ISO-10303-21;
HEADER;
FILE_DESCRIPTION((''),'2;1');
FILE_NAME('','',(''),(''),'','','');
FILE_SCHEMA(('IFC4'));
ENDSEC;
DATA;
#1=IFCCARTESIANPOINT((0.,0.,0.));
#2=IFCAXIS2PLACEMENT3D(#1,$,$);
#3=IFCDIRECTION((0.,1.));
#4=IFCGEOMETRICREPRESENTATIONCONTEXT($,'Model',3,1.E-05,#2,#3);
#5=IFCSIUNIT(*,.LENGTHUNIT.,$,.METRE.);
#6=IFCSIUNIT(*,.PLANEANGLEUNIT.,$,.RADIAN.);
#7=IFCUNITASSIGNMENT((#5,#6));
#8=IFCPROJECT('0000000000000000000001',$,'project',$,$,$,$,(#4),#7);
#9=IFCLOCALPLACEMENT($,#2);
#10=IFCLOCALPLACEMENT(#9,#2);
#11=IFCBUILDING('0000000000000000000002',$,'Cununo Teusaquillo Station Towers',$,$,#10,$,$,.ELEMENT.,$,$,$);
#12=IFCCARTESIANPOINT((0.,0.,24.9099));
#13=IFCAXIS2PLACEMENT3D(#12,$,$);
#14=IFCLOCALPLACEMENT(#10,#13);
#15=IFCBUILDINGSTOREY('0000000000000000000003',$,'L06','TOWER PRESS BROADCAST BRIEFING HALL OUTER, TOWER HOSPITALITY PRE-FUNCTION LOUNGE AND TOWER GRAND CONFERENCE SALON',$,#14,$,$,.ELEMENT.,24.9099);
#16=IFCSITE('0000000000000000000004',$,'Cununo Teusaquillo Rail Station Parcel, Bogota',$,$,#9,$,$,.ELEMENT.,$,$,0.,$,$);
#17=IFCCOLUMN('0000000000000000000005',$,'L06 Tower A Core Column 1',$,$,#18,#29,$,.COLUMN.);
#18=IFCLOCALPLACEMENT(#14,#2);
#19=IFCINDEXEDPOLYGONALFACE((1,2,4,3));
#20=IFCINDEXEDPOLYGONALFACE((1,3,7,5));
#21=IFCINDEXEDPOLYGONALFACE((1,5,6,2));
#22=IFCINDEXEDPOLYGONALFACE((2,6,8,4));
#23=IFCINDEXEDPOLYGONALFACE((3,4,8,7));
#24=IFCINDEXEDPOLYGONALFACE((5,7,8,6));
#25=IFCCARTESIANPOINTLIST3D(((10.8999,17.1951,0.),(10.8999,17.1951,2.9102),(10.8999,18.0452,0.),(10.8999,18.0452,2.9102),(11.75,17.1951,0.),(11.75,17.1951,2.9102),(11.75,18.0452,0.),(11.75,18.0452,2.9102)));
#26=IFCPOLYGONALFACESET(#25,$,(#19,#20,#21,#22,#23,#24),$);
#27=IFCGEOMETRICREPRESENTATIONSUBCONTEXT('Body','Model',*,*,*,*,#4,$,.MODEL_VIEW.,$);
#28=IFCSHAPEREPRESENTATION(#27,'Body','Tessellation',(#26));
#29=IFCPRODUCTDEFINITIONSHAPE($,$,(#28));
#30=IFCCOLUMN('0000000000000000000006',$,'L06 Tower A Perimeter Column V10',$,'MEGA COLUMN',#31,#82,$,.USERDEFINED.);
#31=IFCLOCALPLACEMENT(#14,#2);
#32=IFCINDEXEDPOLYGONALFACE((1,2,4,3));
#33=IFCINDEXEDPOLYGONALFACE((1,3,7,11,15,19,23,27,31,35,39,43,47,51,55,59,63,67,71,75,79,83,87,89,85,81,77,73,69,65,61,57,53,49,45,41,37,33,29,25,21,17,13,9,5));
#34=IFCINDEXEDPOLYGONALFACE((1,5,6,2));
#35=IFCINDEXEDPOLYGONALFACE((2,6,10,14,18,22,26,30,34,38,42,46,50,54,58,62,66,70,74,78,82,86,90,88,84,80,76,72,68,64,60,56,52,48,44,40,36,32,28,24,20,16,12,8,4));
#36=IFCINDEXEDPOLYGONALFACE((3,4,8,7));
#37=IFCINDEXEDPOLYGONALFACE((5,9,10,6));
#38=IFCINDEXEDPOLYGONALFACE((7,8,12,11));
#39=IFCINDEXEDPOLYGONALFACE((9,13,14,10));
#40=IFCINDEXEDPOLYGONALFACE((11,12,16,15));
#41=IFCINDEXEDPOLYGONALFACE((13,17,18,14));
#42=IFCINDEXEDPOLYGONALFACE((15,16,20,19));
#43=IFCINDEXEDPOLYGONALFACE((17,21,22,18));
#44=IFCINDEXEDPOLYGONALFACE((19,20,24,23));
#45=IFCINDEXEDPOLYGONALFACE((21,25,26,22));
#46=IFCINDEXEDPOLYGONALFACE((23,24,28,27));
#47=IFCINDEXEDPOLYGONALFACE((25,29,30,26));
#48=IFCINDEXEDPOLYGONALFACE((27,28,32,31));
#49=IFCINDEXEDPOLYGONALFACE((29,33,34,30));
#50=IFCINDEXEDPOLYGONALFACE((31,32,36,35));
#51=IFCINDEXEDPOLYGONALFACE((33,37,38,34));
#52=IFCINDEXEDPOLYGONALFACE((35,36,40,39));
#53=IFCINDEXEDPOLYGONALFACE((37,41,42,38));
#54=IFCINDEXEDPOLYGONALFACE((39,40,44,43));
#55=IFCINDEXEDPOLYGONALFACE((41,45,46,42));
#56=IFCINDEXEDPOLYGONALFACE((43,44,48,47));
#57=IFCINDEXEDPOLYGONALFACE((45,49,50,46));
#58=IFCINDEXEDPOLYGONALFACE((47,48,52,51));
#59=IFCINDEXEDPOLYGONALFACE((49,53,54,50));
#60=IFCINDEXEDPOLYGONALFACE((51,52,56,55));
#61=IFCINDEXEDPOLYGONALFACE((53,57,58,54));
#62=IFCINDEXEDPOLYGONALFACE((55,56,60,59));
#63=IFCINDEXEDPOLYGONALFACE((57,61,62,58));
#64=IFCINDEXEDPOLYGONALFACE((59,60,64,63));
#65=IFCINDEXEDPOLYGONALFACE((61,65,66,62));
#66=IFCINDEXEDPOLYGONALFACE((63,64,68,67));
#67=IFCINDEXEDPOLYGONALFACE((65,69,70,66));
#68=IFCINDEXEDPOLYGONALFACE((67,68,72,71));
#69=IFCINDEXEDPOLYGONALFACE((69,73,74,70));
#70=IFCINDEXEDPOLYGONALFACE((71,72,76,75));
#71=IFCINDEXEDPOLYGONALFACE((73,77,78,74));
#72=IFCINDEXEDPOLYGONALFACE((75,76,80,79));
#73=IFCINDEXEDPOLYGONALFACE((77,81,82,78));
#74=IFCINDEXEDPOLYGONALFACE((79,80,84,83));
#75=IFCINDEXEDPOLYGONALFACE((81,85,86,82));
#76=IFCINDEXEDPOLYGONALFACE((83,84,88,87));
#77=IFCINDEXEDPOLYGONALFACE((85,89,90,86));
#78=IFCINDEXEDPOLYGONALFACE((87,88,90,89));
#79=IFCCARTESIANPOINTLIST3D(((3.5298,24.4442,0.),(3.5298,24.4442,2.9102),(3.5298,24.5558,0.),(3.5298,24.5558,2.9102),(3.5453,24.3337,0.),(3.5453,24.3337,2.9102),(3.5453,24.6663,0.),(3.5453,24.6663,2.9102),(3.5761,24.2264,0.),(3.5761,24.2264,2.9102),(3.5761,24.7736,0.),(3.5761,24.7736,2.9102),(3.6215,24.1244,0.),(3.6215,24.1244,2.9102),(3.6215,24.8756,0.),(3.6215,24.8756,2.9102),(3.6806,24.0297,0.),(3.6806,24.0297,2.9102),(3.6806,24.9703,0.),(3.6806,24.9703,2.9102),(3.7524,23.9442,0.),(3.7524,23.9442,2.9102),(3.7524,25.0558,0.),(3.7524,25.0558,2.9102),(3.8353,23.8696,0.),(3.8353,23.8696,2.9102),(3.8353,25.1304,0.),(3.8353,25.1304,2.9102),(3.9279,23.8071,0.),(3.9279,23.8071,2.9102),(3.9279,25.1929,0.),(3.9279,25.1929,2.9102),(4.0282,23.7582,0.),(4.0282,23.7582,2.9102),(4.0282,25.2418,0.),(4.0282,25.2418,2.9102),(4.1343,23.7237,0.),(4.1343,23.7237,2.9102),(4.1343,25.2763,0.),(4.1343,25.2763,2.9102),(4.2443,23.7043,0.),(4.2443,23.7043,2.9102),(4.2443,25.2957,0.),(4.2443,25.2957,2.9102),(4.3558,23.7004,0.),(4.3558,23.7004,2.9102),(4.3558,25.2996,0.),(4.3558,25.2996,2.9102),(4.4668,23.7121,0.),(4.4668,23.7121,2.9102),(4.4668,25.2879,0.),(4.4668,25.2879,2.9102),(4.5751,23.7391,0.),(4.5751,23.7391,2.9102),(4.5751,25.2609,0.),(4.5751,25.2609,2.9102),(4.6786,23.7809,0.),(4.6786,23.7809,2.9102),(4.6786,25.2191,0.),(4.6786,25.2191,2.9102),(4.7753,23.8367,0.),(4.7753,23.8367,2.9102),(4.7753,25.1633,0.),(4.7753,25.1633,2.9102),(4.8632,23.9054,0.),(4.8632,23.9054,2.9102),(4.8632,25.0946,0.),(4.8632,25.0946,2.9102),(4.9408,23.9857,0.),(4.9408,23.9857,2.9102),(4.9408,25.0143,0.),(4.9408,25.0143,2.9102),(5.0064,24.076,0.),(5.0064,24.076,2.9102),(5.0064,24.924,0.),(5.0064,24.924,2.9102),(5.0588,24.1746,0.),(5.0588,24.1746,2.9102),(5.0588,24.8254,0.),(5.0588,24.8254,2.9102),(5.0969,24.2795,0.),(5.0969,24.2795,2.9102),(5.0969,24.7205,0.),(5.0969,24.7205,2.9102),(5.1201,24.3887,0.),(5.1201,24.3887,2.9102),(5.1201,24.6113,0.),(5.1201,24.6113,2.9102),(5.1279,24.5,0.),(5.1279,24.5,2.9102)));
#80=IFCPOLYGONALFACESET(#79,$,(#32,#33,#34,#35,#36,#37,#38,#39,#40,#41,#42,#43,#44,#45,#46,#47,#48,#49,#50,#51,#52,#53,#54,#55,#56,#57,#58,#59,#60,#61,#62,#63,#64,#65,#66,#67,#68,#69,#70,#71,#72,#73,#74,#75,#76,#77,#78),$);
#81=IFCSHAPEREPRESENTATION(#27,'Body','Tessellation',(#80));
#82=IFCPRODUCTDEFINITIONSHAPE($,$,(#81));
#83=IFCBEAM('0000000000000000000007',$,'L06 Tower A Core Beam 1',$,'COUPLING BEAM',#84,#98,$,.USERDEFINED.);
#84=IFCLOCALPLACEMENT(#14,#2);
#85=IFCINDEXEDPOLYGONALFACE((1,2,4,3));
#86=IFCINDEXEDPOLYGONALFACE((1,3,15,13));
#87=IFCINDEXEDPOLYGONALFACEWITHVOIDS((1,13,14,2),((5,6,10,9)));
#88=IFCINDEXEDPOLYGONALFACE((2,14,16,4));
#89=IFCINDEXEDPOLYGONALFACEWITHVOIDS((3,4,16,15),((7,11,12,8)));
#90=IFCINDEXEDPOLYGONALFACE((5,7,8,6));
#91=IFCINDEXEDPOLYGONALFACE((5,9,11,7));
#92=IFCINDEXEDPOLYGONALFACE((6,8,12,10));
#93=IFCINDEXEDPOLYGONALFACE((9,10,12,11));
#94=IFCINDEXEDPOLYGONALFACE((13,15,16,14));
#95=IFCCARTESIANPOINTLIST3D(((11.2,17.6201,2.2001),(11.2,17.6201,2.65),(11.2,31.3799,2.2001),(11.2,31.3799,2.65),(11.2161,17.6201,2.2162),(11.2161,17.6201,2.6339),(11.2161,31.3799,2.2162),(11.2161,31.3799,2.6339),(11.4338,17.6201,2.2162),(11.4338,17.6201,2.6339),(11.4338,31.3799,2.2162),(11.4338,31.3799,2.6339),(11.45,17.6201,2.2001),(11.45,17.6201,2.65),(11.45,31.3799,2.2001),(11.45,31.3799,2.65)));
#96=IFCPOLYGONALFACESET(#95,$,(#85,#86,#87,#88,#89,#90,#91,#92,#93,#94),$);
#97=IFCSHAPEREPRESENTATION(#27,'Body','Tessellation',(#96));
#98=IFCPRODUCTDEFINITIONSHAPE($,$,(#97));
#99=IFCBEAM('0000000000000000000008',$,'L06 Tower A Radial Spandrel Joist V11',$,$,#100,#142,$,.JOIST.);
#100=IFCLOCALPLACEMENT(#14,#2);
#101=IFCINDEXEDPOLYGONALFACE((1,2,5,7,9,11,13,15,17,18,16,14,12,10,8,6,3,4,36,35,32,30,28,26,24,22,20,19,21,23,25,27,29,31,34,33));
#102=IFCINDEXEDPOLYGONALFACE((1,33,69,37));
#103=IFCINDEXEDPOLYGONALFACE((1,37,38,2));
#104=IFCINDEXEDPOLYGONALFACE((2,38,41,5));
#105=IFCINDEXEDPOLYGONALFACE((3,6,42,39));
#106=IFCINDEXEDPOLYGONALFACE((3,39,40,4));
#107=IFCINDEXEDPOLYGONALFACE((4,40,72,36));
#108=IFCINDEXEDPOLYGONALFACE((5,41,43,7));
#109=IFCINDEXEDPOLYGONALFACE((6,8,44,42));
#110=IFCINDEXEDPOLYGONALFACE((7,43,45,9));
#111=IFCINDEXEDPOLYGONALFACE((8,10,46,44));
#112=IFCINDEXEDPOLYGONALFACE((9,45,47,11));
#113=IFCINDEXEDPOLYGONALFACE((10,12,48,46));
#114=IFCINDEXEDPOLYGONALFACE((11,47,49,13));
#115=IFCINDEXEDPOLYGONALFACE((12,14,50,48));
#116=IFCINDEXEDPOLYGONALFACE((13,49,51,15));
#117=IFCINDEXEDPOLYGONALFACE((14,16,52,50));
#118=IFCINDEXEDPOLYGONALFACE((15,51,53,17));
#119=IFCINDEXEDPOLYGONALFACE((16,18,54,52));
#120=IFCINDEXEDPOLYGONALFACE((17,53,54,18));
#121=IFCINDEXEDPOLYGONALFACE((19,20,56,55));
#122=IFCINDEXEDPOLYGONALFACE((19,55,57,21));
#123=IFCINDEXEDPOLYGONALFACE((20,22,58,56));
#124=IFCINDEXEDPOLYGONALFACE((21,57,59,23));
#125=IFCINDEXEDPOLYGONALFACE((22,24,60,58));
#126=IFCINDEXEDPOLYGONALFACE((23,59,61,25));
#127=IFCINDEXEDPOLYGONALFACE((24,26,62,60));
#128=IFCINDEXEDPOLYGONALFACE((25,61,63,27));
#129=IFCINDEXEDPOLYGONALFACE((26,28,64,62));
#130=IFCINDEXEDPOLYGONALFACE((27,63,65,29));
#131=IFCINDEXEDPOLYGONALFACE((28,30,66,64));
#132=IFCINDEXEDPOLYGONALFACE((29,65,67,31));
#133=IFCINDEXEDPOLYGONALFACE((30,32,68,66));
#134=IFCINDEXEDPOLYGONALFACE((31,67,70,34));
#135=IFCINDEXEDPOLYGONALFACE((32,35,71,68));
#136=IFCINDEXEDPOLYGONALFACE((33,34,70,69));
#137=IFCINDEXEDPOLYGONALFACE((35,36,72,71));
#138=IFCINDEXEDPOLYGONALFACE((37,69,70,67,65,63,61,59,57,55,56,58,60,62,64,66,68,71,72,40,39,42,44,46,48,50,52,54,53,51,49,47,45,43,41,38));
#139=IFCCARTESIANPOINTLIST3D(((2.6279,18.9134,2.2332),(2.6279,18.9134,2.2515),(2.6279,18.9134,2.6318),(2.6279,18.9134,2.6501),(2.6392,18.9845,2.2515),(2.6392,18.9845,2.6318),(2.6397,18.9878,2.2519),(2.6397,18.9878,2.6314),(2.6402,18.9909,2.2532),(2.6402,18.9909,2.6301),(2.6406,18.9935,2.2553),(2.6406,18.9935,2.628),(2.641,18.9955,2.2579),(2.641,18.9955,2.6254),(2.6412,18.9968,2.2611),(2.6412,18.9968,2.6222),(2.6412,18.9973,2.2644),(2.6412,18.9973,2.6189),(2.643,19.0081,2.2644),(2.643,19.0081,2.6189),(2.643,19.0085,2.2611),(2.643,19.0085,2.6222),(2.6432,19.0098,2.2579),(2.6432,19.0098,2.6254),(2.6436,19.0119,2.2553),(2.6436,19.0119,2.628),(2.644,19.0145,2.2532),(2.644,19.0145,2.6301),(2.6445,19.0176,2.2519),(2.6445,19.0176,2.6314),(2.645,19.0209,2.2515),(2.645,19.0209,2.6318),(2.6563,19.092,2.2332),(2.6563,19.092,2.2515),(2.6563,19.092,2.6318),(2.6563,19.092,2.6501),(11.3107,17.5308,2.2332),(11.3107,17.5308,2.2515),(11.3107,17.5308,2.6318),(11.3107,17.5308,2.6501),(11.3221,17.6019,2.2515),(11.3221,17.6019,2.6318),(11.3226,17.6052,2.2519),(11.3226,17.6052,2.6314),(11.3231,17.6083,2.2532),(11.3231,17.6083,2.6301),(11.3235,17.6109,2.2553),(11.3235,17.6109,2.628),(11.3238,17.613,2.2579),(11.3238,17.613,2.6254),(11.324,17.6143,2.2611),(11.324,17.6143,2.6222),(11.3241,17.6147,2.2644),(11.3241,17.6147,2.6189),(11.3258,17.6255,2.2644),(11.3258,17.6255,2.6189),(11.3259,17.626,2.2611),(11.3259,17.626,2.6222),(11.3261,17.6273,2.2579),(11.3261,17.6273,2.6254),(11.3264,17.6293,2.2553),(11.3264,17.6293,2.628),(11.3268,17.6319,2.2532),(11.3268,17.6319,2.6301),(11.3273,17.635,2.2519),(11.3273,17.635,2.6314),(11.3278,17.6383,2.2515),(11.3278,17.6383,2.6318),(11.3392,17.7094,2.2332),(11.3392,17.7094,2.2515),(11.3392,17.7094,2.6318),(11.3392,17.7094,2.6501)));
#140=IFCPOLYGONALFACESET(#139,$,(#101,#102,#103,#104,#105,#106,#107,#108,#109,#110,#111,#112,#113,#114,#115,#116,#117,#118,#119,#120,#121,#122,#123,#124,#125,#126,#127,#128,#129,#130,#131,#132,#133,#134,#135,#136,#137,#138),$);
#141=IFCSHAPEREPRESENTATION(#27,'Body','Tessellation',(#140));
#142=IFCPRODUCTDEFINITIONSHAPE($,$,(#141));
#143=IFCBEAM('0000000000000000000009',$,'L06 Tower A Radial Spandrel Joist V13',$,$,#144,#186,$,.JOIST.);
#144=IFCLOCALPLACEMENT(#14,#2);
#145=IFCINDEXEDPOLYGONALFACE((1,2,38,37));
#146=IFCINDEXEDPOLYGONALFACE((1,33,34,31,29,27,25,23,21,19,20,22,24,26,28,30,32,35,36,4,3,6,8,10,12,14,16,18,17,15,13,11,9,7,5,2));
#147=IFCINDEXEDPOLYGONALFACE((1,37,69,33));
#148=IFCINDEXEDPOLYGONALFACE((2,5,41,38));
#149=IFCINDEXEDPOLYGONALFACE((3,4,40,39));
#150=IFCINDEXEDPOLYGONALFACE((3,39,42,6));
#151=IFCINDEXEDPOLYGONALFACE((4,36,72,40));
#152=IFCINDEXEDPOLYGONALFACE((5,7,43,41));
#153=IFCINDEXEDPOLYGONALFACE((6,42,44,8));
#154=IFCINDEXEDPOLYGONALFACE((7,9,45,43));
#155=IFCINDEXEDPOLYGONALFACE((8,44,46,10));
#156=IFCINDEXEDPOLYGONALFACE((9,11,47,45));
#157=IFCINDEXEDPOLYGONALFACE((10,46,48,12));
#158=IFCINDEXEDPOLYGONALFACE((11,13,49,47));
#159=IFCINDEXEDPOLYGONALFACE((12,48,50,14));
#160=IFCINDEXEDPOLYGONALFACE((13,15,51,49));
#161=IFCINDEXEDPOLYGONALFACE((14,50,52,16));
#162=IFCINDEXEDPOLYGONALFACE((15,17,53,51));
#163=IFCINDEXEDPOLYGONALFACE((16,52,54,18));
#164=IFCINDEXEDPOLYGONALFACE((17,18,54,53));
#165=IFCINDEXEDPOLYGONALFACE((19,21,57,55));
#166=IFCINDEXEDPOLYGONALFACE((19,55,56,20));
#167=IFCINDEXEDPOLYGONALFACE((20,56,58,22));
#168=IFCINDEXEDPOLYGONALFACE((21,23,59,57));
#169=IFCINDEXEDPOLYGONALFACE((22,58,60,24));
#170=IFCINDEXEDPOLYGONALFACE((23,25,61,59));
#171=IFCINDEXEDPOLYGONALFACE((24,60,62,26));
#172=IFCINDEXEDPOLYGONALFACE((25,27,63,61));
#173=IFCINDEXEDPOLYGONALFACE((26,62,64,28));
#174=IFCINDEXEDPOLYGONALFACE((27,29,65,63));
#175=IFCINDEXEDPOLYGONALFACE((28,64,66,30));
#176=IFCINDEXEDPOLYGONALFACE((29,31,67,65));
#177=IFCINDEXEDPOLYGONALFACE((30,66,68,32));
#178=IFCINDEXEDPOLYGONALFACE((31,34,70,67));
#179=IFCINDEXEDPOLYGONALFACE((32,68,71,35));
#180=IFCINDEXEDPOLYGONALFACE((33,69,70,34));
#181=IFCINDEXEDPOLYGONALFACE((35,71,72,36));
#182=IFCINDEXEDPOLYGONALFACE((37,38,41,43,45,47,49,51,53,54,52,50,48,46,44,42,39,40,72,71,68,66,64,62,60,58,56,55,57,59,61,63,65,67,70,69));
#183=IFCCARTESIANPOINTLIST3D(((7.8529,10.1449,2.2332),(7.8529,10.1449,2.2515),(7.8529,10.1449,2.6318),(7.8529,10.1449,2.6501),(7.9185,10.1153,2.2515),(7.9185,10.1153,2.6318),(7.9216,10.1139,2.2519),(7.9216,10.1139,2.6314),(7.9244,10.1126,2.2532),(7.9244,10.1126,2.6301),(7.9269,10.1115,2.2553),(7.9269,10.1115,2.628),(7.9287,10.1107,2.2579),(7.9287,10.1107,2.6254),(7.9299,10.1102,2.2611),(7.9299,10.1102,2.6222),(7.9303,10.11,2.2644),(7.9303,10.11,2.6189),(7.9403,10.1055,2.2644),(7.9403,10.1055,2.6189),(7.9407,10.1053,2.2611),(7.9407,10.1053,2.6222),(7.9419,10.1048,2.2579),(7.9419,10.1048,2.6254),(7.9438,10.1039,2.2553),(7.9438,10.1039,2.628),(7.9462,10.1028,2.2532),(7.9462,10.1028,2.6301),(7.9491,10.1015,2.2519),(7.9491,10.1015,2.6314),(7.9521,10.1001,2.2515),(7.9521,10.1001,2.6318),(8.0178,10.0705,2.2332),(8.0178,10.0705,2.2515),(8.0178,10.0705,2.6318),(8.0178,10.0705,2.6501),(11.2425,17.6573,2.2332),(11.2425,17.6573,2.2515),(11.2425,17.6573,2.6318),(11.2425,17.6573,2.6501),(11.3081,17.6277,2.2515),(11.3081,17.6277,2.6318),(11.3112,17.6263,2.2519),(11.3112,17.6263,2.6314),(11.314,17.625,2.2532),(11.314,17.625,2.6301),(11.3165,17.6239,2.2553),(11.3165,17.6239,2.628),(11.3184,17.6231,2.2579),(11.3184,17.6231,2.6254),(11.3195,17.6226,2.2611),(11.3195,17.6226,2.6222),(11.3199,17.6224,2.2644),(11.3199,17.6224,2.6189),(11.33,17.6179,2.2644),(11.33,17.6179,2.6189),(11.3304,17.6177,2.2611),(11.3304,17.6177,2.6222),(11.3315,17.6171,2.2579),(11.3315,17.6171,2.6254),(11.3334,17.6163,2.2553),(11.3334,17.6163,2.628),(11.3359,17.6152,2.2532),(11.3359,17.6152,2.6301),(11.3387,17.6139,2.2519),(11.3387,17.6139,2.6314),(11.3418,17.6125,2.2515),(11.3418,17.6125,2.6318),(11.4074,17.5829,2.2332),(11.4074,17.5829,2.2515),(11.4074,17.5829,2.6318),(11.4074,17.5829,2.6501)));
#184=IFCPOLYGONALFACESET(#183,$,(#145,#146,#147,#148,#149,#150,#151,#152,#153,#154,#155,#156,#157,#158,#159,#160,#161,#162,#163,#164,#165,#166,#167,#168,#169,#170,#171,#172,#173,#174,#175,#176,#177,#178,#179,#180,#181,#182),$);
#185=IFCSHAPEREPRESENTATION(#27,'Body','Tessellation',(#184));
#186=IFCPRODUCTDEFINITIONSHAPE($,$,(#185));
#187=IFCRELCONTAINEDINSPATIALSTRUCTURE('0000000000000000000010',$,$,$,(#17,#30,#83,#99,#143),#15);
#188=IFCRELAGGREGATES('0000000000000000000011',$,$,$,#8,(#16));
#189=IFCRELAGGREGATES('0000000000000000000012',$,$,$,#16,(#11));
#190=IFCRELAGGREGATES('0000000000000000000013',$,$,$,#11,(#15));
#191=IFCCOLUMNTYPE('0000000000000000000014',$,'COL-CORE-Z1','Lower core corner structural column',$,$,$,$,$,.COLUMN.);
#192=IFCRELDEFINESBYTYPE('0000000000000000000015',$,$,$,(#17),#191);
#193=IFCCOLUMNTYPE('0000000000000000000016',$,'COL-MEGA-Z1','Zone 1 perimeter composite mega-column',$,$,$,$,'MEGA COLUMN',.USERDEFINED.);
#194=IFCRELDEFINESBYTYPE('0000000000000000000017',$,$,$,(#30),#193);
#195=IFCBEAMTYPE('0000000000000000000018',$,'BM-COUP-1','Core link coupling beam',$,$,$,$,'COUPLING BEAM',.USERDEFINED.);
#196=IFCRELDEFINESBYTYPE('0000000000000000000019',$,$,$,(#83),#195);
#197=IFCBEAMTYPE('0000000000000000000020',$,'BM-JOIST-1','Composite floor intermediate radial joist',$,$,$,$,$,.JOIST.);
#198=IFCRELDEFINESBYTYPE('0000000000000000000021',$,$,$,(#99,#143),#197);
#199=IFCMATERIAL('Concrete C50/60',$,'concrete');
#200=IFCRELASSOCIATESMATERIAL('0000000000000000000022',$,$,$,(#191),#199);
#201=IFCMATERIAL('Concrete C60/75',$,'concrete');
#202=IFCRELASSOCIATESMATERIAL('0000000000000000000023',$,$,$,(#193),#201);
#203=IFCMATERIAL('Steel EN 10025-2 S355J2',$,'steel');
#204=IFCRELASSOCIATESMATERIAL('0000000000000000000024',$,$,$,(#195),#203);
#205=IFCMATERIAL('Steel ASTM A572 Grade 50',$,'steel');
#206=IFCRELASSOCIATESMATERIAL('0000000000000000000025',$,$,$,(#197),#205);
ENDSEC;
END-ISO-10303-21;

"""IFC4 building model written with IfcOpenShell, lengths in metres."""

from ifc_helpers import new_model, si_unit, direction, frame, origin, origin_2d, place, context, subcontext, project, spatial, rectangle, hollow_rectangle, circle, i_section, extrude, material, material_profile, profile_set, type_object, element, save


model = new_model("IFC4")

# Units and contexts
model_context = context("Model", 3, precision=1e-05, world=origin(), true_north=direction((0.0, 1.0)))
body_context = subcontext(model_context, "Body", "Model", "MODEL_VIEW")
ifc_project = project(units=[si_unit("LENGTHUNIT", "METRE"), si_unit("PLANEANGLEUNIT", "RADIAN")], contexts=[model_context])

# Site, building, storey
site_placement = place(None, origin())
site = spatial("IfcSite", under=ifc_project, at=site_placement, Name="Cununo Teusaquillo Rail Station Parcel, Bogota", CompositionType="ELEMENT", RefElevation=0.0)
building_placement = place(site_placement, origin())
building = spatial("IfcBuilding", under=site, at=building_placement, Name="Cununo Teusaquillo Station Towers", CompositionType="ELEMENT")
storey_placement = place(building_placement, frame((0.0, 0.0, 24.9099)))
storey = spatial("IfcBuildingStorey", under=building, at=storey_placement, Name="L06", Description="TOWER PRESS BROADCAST BRIEFING HALL OUTER, TOWER HOSPITALITY PRE-FUNCTION LOUNGE AND TOWER GRAND CONFERENCE SALON", CompositionType="ELEMENT", Elevation=24.9099)

# Columns
ifc_material_1 = material(Name="Concrete C50/60", Category="concrete")
ifc_material_profile_1 = material_profile(ifc_material_1, rectangle(XDim=0.8501, YDim=0.8501, at=origin_2d()), Name="RC-RECT-850x850")
ifc_profile_set_1 = profile_set([ifc_material_profile_1], Name="Concrete C50/60")
column_type_1 = type_object("IfcColumnType", Name="COL-CORE-Z1", Description="Lower core corner structural column", PredefinedType="COLUMN", material=ifc_profile_set_1)
column_1_placement = place(storey_placement, frame((11.325, 17.6201, 0.0), z_axis=(0.0, 0.0, 1.0), x_axis=(1.0, 0.0, 0.0)))
element("IfcColumn", 1, at=column_1_placement, inside=storey, type_object=column_type_1, Name="L06 Tower A Core Column 1", PredefinedType="COLUMN", context=body_context, shape_type="SweptSolid", body=[
    extrude(rectangle(XDim=0.8501, YDim=0.8501, at=origin_2d()), origin(), (0.0, 0.0, 1.0), 2.9102),
])
ifc_material_2 = material(Name="Concrete C60/75", Category="concrete")
ifc_material_profile_2 = material_profile(ifc_material_2, circle(Radius=0.8, at=origin_2d()), Name="RC-CIRC-1600")
ifc_profile_set_2 = profile_set([ifc_material_profile_2], Name="Concrete C60/75")
column_type_2 = type_object("IfcColumnType", Name="COL-MEGA-Z1", Description="Zone 1 perimeter composite mega-column", ElementType="MEGA COLUMN", PredefinedType="USERDEFINED", material=ifc_profile_set_2)
column_2_placement = place(storey_placement, frame((4.3279, 24.5, 0.0), z_axis=(0.0, 0.0, 1.0), x_axis=(1.0, 0.0, 0.0)))
element("IfcColumn", 2, at=column_2_placement, inside=storey, type_object=column_type_2, Name="L06 Tower A Perimeter Column V10", ObjectType="MEGA COLUMN", PredefinedType="USERDEFINED", context=body_context, shape_type="SweptSolid", body=[
    extrude(circle(Radius=0.8, at=origin_2d()), origin(), (0.0, 0.0, 1.0), 2.9102),
])

# Beams
ifc_material_3 = material(Name="Steel EN 10025-2 S355J2", Category="steel")
ifc_material_profile_3 = material_profile(ifc_material_3, hollow_rectangle(XDim=0.25, YDim=0.45, WallThickness=0.0161, at=origin_2d()), Name="RHS 450x250x16")
ifc_profile_set_3 = profile_set([ifc_material_profile_3], Name="Steel EN 10025-2 S355J2")
beam_type_1 = type_object("IfcBeamType", Name="BM-COUP-1", Description="Core link coupling beam", ElementType="COUPLING BEAM", PredefinedType="USERDEFINED", material=ifc_profile_set_3)
beam_1_placement = place(storey_placement, frame((11.325, 17.6201, 2.425), z_axis=(0.0, 1.0, 0.0), x_axis=(-1.0, 0.0, 0.0)))
element("IfcBeam", 3, at=beam_1_placement, inside=storey, type_object=beam_type_1, Name="L06 Tower A Core Beam 1", ObjectType="COUPLING BEAM", PredefinedType="USERDEFINED", context=body_context, shape_type="SweptSolid", body=[
    extrude(hollow_rectangle(XDim=0.25, YDim=0.45, WallThickness=0.0161, at=origin_2d()), origin(), (0.0, 0.0, 1.0), 13.7598),
])
ifc_material_4 = material(Name="Steel ASTM A572 Grade 50", Category="steel")
ifc_material_profile_4 = material_profile(ifc_material_4, i_section(OverallWidth=0.1809, OverallDepth=0.417, WebThickness=0.011, FlangeThickness=0.0183, FilletRadius=0.0129, at=origin_2d()), Name="W16X57")
ifc_profile_set_4 = profile_set([ifc_material_profile_4], Name="Steel ASTM A572 Grade 50")
beam_type_2 = type_object("IfcBeamType", Name="BM-JOIST-1", Description="Composite floor intermediate radial joist", PredefinedType="JOIST", material=ifc_profile_set_4)
beam_2_placement = place(storey_placement, frame((11.325, 17.6201, 2.4417), z_axis=(-0.987559, 0.157249, 0.0), x_axis=(-0.157249, -0.987559, 0.0)))
element("IfcBeam", 4, at=beam_2_placement, inside=storey, type_object=beam_type_2, Name="L06 Tower A Radial Spandrel Joist V11", PredefinedType="JOIST", context=body_context, shape_type="SweptSolid", body=[
    extrude(i_section(OverallWidth=0.1809, OverallDepth=0.417, WebThickness=0.011, FlangeThickness=0.0183, FilletRadius=0.0129, at=origin_2d()), origin(), (0.0, 0.0, 1.0), 8.7922),
])
beam_3_placement = place(storey_placement, frame((11.325, 17.6201, 2.4417), z_axis=(-0.411277, -0.91151, 0.0), x_axis=(0.91151, -0.411277, 0.0)))
element("IfcBeam", 5, at=beam_3_placement, inside=storey, type_object=beam_type_2, Name="L06 Tower A Radial Spandrel Joist V13", PredefinedType="JOIST", context=body_context, shape_type="SweptSolid", body=[
    extrude(i_section(OverallWidth=0.1809, OverallDepth=0.417, WebThickness=0.011, FlangeThickness=0.0183, FilletRadius=0.0129, at=origin_2d()), origin(), (0.0, 0.0, 1.0), 8.2417),
])

save(model, "model.ifc")
